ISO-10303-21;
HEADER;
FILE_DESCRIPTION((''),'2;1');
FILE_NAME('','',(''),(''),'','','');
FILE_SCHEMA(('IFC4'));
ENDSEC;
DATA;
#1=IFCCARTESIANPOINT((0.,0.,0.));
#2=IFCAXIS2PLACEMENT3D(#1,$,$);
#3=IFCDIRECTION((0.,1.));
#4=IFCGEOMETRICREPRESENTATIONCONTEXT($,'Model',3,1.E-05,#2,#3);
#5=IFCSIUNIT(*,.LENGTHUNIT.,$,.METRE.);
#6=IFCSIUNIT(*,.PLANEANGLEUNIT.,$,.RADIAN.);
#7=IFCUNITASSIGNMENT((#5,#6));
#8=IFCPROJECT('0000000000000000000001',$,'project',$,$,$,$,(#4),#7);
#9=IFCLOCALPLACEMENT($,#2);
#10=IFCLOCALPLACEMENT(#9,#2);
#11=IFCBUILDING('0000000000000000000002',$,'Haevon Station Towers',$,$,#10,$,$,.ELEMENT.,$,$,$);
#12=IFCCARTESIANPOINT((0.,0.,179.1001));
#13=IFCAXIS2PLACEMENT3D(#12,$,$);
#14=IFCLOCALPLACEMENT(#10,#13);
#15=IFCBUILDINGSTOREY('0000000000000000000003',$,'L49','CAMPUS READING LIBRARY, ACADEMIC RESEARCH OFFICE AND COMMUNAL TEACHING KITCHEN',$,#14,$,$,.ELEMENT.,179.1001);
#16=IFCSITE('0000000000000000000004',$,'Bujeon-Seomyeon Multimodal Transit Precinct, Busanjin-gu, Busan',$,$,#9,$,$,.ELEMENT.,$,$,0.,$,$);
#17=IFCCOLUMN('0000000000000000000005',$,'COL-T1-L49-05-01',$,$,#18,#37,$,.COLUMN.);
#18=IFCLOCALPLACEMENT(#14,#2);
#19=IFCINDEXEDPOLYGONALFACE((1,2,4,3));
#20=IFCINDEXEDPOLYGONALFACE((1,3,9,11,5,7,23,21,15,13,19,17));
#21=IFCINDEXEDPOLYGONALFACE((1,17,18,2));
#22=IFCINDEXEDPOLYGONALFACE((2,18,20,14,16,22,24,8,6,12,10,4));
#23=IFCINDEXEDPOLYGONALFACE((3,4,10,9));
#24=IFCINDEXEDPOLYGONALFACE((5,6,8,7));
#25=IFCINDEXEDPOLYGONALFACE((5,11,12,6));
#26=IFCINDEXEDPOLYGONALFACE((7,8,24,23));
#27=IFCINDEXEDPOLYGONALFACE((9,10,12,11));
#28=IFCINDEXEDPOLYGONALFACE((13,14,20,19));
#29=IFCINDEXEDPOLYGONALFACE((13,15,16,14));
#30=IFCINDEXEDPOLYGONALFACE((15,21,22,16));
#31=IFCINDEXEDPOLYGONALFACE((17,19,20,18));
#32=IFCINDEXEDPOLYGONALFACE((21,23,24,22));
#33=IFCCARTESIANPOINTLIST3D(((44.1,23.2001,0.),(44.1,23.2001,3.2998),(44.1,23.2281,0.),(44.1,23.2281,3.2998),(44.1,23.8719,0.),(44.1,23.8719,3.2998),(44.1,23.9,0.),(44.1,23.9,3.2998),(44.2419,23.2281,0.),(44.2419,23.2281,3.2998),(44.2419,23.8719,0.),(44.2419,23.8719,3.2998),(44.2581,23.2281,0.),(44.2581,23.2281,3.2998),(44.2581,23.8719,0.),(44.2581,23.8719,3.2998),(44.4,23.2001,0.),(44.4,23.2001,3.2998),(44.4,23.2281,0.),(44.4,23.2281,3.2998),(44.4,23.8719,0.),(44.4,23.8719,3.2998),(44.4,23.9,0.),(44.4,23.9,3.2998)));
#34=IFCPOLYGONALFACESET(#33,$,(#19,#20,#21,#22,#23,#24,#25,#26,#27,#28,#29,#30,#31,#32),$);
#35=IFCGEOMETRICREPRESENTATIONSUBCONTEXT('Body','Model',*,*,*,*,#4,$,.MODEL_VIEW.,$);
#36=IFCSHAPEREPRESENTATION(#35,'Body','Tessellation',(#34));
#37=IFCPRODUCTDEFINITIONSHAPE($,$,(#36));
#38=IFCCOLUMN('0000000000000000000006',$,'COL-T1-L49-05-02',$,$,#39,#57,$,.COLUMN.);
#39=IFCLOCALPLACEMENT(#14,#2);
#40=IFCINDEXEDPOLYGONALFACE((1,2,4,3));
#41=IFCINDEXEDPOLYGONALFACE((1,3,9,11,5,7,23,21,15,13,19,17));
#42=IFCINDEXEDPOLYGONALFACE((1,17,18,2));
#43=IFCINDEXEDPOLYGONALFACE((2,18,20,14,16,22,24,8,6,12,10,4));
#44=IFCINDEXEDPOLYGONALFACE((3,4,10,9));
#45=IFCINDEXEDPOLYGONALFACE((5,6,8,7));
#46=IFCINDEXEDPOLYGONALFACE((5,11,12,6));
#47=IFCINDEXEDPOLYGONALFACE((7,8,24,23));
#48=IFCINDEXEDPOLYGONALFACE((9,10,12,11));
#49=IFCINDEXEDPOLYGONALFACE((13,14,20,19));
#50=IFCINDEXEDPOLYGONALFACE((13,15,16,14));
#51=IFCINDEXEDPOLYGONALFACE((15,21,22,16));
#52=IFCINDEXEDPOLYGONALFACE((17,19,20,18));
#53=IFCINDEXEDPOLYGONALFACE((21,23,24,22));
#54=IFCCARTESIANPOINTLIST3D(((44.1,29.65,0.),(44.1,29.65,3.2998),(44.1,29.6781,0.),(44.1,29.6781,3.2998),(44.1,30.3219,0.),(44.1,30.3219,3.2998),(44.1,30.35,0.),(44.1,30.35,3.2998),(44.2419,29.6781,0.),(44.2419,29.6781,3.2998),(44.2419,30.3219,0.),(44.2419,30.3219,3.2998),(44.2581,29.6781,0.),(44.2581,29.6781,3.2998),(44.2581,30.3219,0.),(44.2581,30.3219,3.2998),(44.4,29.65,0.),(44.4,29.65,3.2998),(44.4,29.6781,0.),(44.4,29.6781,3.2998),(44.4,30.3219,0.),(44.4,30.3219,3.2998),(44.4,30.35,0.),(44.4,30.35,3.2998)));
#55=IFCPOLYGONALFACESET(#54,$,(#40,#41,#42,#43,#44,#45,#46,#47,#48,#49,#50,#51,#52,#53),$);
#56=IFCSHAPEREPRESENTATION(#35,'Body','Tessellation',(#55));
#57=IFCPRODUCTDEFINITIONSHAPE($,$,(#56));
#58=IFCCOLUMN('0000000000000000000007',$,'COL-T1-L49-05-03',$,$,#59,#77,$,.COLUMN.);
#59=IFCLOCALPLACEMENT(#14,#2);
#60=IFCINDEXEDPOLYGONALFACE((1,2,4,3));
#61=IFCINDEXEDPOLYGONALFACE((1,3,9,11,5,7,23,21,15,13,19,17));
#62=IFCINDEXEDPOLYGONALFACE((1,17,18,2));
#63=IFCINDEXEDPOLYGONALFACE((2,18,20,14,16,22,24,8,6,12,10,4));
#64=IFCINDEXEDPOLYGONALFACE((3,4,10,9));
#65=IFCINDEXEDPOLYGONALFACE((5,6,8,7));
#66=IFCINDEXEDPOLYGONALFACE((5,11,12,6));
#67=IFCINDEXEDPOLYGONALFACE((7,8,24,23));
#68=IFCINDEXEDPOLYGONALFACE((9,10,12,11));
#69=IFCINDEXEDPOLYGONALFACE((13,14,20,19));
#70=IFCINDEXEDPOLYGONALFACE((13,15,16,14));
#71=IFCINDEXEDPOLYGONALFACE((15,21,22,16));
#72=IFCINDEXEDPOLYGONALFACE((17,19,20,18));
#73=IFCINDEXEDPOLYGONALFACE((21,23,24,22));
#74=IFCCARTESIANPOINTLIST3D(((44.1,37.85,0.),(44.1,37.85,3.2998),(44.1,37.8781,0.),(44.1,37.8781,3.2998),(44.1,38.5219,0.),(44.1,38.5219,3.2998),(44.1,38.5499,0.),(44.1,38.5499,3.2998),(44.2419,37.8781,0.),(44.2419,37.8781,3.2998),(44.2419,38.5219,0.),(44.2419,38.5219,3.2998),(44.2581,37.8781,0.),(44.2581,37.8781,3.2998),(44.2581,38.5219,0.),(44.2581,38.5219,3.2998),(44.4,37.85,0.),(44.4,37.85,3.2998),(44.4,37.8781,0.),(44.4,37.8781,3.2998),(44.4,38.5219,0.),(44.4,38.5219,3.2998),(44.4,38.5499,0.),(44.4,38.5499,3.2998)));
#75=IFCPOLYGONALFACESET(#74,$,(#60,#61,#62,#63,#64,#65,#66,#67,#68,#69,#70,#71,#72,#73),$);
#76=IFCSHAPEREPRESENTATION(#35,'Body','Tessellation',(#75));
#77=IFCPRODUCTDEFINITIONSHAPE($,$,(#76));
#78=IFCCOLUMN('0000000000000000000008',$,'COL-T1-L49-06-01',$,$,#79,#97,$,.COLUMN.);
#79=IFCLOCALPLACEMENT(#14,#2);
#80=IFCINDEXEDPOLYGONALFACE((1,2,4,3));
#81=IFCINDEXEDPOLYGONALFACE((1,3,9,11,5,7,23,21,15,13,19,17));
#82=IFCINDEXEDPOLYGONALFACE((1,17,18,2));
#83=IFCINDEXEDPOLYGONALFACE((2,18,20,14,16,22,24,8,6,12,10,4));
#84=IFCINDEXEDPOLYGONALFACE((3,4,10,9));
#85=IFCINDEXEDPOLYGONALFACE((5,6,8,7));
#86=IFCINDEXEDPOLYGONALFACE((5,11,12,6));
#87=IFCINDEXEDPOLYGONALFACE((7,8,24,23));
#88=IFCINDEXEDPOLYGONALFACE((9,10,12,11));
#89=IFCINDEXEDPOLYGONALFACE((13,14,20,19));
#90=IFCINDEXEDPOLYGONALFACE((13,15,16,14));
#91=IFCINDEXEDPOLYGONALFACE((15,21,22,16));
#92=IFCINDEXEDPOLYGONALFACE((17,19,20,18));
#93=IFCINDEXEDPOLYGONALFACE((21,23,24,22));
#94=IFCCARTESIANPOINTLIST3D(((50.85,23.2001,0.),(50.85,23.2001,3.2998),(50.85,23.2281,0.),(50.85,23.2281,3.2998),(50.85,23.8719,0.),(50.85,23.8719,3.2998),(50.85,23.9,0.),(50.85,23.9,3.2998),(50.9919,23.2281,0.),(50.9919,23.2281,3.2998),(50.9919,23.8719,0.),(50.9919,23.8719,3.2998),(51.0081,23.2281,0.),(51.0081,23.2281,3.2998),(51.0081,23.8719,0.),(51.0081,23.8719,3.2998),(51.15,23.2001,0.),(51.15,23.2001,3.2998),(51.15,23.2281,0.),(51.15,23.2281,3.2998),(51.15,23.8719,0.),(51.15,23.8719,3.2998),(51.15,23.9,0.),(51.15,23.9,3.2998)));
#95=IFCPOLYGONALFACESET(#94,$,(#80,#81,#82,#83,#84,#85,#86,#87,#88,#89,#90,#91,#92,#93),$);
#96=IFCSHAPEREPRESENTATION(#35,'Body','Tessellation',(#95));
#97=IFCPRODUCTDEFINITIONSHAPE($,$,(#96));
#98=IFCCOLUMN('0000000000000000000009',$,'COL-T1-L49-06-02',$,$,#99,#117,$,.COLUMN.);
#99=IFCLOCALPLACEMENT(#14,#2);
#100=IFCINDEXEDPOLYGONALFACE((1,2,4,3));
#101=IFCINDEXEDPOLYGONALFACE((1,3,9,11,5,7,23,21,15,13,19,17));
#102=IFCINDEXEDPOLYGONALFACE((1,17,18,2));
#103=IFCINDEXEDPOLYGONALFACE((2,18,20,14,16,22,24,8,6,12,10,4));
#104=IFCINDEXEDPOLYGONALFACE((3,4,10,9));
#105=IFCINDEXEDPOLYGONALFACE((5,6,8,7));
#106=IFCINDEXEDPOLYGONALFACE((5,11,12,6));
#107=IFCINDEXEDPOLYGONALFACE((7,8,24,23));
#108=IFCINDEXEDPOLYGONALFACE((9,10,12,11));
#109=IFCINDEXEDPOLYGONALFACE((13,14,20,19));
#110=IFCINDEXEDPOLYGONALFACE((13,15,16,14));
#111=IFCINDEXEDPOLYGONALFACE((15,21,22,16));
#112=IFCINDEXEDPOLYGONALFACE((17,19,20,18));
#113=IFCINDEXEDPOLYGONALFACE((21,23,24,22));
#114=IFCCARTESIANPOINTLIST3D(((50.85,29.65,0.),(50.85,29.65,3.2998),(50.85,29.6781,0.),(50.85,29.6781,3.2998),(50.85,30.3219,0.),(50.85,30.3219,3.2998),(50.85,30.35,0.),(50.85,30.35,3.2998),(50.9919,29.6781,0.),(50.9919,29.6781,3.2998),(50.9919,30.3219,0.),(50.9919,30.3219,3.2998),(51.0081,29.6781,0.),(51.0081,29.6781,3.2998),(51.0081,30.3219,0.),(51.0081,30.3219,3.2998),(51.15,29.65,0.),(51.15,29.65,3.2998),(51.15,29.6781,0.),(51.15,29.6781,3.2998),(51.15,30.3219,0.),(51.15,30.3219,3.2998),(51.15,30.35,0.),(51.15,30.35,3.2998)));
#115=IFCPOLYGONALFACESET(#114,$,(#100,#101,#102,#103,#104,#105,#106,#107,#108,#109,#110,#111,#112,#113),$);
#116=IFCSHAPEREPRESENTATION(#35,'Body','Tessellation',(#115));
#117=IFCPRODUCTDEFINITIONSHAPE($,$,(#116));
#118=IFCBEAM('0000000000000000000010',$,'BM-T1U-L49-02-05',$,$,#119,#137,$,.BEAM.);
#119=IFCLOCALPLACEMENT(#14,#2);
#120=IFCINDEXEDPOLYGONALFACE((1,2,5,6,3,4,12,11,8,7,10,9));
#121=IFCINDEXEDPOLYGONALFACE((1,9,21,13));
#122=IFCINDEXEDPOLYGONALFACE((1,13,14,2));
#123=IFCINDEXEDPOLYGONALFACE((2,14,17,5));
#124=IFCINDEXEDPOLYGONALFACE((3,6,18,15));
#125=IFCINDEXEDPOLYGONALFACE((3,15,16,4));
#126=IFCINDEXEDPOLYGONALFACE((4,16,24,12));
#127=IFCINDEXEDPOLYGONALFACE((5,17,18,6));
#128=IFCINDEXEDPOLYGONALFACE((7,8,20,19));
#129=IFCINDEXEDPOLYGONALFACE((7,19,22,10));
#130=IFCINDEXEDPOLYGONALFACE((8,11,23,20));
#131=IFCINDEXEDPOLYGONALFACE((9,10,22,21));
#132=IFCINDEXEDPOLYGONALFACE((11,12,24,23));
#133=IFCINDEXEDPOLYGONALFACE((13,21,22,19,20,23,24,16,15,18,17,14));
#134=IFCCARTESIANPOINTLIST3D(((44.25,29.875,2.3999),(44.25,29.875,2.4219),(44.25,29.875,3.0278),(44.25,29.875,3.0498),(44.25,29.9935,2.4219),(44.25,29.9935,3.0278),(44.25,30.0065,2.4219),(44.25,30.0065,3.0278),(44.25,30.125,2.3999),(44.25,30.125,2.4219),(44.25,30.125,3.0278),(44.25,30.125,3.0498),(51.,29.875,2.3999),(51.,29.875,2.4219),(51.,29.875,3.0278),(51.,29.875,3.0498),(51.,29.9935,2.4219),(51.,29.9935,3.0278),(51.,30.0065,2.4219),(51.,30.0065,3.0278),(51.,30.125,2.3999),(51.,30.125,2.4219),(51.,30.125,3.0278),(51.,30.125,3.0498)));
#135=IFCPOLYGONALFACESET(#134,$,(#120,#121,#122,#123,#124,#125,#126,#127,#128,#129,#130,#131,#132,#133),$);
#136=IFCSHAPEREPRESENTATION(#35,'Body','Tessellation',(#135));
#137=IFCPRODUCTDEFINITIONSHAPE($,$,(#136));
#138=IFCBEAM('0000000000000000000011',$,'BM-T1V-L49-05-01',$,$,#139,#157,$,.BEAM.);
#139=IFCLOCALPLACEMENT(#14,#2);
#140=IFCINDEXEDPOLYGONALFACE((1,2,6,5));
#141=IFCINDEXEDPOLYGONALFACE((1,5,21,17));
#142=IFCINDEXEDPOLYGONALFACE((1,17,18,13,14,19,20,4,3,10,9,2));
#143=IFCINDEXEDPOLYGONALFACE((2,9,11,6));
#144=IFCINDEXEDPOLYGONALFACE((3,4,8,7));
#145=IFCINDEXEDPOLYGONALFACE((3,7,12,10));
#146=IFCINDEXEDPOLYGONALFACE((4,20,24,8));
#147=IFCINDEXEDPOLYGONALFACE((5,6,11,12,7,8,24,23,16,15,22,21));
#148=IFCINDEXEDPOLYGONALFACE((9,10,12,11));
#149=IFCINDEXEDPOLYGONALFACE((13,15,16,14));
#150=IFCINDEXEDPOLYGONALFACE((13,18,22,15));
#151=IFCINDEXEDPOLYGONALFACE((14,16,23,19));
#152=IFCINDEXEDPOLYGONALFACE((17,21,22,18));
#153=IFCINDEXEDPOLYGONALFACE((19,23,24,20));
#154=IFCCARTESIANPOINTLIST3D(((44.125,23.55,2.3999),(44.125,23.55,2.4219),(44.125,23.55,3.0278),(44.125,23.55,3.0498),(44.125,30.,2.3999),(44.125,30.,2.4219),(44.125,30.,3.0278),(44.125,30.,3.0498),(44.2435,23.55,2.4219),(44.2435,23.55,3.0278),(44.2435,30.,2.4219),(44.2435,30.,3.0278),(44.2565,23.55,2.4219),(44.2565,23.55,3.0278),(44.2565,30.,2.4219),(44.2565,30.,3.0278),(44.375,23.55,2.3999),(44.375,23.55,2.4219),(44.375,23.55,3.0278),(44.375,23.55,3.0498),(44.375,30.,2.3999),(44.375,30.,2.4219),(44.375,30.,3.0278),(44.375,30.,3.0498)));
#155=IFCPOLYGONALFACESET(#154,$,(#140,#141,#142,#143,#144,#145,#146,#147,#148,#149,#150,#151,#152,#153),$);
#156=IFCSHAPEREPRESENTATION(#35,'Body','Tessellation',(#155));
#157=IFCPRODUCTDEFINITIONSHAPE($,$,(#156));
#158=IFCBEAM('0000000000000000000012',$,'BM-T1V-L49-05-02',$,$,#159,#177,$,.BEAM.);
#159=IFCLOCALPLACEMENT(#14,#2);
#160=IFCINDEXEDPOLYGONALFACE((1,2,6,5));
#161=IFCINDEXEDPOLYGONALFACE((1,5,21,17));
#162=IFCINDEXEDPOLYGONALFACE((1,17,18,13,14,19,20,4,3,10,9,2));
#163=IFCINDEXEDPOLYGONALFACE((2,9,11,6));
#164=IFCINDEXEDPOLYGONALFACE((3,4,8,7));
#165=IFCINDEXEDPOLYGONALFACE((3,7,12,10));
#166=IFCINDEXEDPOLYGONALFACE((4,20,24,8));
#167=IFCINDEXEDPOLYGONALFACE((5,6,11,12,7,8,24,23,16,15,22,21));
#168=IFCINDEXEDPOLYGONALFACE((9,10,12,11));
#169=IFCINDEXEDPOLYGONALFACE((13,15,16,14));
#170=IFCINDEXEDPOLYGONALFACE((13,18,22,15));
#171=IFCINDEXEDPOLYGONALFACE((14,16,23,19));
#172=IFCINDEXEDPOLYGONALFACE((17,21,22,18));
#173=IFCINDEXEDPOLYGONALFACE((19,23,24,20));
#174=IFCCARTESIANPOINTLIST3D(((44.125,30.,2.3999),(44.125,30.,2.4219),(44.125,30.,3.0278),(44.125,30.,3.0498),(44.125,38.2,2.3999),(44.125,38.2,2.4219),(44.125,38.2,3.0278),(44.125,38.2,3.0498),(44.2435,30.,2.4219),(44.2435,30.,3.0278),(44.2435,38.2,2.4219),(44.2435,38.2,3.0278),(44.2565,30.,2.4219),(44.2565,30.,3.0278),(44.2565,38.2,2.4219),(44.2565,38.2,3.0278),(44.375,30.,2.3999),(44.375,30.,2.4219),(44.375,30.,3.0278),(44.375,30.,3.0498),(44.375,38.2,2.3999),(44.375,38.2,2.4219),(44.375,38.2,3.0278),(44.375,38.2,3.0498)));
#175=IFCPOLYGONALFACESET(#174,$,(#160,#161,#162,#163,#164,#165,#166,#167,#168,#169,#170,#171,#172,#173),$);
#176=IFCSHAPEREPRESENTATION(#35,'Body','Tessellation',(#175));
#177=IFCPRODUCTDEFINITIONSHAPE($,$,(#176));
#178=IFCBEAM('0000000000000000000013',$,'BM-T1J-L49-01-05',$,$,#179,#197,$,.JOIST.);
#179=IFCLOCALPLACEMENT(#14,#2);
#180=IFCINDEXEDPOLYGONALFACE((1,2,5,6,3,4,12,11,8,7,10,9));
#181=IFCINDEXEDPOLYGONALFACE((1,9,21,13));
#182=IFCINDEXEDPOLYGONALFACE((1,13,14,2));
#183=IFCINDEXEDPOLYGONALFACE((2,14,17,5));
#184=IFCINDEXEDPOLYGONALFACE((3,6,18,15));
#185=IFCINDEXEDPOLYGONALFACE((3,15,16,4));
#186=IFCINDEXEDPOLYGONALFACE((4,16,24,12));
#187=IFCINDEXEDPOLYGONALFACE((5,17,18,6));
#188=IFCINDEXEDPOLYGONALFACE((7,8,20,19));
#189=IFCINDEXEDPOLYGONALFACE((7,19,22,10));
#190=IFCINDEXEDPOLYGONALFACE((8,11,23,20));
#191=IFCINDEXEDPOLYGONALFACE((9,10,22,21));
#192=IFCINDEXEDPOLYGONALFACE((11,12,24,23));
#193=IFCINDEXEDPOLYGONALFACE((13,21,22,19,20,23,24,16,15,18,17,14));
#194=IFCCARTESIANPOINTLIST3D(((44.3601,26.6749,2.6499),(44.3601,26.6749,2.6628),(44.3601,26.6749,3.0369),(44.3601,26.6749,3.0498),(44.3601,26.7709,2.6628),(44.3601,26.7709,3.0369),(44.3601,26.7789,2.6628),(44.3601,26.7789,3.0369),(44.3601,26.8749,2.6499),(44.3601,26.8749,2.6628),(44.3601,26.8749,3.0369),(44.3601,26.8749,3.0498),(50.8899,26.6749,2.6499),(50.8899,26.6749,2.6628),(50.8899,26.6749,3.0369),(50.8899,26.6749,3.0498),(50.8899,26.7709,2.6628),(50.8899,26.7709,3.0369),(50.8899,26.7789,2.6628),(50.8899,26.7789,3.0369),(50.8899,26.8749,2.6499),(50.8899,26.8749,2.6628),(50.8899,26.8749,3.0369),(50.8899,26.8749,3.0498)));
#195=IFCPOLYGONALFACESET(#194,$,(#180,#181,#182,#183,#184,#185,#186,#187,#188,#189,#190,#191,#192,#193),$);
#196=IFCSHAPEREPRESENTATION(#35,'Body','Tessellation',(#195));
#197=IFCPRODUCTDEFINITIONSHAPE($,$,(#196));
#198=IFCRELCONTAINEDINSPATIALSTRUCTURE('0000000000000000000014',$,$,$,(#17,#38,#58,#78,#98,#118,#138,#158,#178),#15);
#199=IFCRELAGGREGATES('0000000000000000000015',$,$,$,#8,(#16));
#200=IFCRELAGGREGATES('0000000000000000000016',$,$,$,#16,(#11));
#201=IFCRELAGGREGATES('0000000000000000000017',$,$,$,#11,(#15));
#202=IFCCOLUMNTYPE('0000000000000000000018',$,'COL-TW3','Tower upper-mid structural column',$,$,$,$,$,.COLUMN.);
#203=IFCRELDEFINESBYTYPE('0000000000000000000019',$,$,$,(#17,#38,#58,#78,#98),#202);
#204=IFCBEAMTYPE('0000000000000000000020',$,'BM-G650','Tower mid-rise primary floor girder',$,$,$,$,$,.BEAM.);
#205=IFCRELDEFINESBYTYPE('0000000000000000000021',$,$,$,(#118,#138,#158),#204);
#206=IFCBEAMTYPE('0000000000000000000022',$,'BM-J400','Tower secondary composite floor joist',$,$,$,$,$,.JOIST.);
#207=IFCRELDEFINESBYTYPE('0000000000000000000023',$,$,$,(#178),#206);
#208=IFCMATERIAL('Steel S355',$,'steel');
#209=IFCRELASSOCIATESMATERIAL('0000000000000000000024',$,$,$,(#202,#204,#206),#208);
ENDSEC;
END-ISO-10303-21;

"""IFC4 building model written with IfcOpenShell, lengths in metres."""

from ifc_helpers import new_model, si_unit, direction, frame, origin, origin_2d, place, context, subcontext, project, spatial, i_section, extrude, material, material_profile, profile_set, type_object, element, save


model = new_model("IFC4")

# Units and contexts
model_context = context("Model", 3, precision=1e-05, world=origin(), true_north=direction((0.0, 1.0)))
body_context = subcontext(model_context, "Body", "Model", "MODEL_VIEW")
ifc_project = project(units=[si_unit("LENGTHUNIT", "METRE"), si_unit("PLANEANGLEUNIT", "RADIAN")], contexts=[model_context])

# Site, building, storey
site_placement = place(None, origin())
site = spatial("IfcSite", under=ifc_project, at=site_placement, Name="Bujeon-Seomyeon Multimodal Transit Precinct, Busanjin-gu, Busan", CompositionType="ELEMENT", RefElevation=0.0)
building_placement = place(site_placement, origin())
building = spatial("IfcBuilding", under=site, at=building_placement, Name="Haevon Station Towers", CompositionType="ELEMENT")
storey_placement = place(building_placement, frame((0.0, 0.0, 179.1001)))
storey = spatial("IfcBuildingStorey", under=building, at=storey_placement, Name="L49", Description="CAMPUS READING LIBRARY, ACADEMIC RESEARCH OFFICE AND COMMUNAL TEACHING KITCHEN", CompositionType="ELEMENT", Elevation=179.1001)

# Columns
ifc_material_1 = material(Name="Steel S355", Category="steel")
ifc_material_profile_1 = material_profile(ifc_material_1, i_section(OverallWidth=0.3, OverallDepth=0.7, WebThickness=0.0161, FlangeThickness=0.0281, at=origin_2d()), Name="H-700x300x16x28")
ifc_profile_set_1 = profile_set([ifc_material_profile_1], Name="Steel S355")
column_type = type_object("IfcColumnType", Name="COL-TW3", Description="Tower upper-mid structural column", PredefinedType="COLUMN", material=ifc_profile_set_1)
for number, where, z_axis, x_axis, name in (
    (1, (44.25, 23.55, 0.0), (0.0, 0.0, 1.0), (1.0, 0.0, 0.0), "COL-T1-L49-05-01"),
    (2, (44.25, 30.0, 0.0), (0.0, 0.0, 1.0), (1.0, 0.0, 0.0), "COL-T1-L49-05-02"),
    (3, (44.25, 38.2, 0.0), (0.0, 0.0, 1.0), (1.0, 0.0, 0.0), "COL-T1-L49-05-03"),
    (4, (51.0, 23.55, 0.0), (0.0, 0.0, 1.0), (1.0, 0.0, 0.0), "COL-T1-L49-06-01"),
    (5, (51.0, 30.0, 0.0), (0.0, 0.0, 1.0), (1.0, 0.0, 0.0), "COL-T1-L49-06-02"),
):
    element("IfcColumn", number, at=place(storey_placement, frame(where, z_axis=z_axis, x_axis=x_axis)), inside=storey, type_object=column_type, Name=name, PredefinedType="COLUMN", context=body_context, shape_type="SweptSolid", body=[
        extrude(i_section(OverallWidth=0.3, OverallDepth=0.7, WebThickness=0.0161, FlangeThickness=0.0281, at=origin_2d()), origin(), (0.0, 0.0, 1.0), 3.2998),
    ])

# Beams
ifc_material_profile_2 = material_profile(ifc_material_1, i_section(OverallWidth=0.25, OverallDepth=0.6499, WebThickness=0.0129, FlangeThickness=0.022, at=origin_2d()), Name="H-650x250x13x22")
ifc_profile_set_2 = profile_set([ifc_material_profile_2], Name="Steel S355")
beam_type_1 = type_object("IfcBeamType", Name="BM-G650", Description="Tower mid-rise primary floor girder", PredefinedType="BEAM", material=ifc_profile_set_2)
beam_1_placement = place(storey_placement, frame((44.25, 30.0, 2.7249), z_axis=(1.0, 0.0, 0.0), x_axis=(0.0, 1.0, 0.0)))
element("IfcBeam", 6, at=beam_1_placement, inside=storey, type_object=beam_type_1, Name="BM-T1U-L49-02-05", PredefinedType="BEAM", context=body_context, shape_type="SweptSolid", body=[
    extrude(i_section(OverallWidth=0.25, OverallDepth=0.6499, WebThickness=0.0129, FlangeThickness=0.022, at=origin_2d()), origin(), (0.0, 0.0, 1.0), 6.75),
])
beam_2_placement = place(storey_placement, frame((44.25, 23.55, 2.7249), z_axis=(0.0, 1.0, 0.0), x_axis=(-1.0, 0.0, 0.0)))
element("IfcBeam", 7, at=beam_2_placement, inside=storey, type_object=beam_type_1, Name="BM-T1V-L49-05-01", PredefinedType="BEAM", context=body_context, shape_type="SweptSolid", body=[
    extrude(i_section(OverallWidth=0.25, OverallDepth=0.6499, WebThickness=0.0129, FlangeThickness=0.022, at=origin_2d()), origin(), (0.0, 0.0, 1.0), 6.45),
])
beam_3_placement = place(storey_placement, frame((44.25, 30.0, 2.7249), z_axis=(0.0, 1.0, 0.0), x_axis=(-1.0, 0.0, 0.0)))
element("IfcBeam", 8, at=beam_3_placement, inside=storey, type_object=beam_type_1, Name="BM-T1V-L49-05-02", PredefinedType="BEAM", context=body_context, shape_type="SweptSolid", body=[
    extrude(i_section(OverallWidth=0.25, OverallDepth=0.6499, WebThickness=0.0129, FlangeThickness=0.022, at=origin_2d()), origin(), (0.0, 0.0, 1.0), 8.2),
])
ifc_material_profile_3 = material_profile(ifc_material_1, i_section(OverallWidth=0.2, OverallDepth=0.3999, WebThickness=0.0081, FlangeThickness=0.0129, at=origin_2d()), Name="H-400x200x8x13")
ifc_profile_set_3 = profile_set([ifc_material_profile_3], Name="Steel S355")
beam_type_2 = type_object("IfcBeamType", Name="BM-J400", Description="Tower secondary composite floor joist", PredefinedType="JOIST", material=ifc_profile_set_3)
for number, where, z_axis, x_axis, name in (
    (9, (44.3601, 26.7749, 2.8499), (1.0, 0.0, 0.0), (0.0, 1.0, 0.0), "BM-T1J-L49-01-05"),
):
    element("IfcBeam", number, at=place(storey_placement, frame(where, z_axis=z_axis, x_axis=x_axis)), inside=storey, type_object=beam_type_2, Name=name, PredefinedType="JOIST", context=body_context, shape_type="SweptSolid", body=[
        extrude(i_section(OverallWidth=0.2, OverallDepth=0.3999, WebThickness=0.0081, FlangeThickness=0.0129, at=origin_2d()), origin(), (0.0, 0.0, 1.0), 6.5298),
    ])

save(model, "model.ifc")
